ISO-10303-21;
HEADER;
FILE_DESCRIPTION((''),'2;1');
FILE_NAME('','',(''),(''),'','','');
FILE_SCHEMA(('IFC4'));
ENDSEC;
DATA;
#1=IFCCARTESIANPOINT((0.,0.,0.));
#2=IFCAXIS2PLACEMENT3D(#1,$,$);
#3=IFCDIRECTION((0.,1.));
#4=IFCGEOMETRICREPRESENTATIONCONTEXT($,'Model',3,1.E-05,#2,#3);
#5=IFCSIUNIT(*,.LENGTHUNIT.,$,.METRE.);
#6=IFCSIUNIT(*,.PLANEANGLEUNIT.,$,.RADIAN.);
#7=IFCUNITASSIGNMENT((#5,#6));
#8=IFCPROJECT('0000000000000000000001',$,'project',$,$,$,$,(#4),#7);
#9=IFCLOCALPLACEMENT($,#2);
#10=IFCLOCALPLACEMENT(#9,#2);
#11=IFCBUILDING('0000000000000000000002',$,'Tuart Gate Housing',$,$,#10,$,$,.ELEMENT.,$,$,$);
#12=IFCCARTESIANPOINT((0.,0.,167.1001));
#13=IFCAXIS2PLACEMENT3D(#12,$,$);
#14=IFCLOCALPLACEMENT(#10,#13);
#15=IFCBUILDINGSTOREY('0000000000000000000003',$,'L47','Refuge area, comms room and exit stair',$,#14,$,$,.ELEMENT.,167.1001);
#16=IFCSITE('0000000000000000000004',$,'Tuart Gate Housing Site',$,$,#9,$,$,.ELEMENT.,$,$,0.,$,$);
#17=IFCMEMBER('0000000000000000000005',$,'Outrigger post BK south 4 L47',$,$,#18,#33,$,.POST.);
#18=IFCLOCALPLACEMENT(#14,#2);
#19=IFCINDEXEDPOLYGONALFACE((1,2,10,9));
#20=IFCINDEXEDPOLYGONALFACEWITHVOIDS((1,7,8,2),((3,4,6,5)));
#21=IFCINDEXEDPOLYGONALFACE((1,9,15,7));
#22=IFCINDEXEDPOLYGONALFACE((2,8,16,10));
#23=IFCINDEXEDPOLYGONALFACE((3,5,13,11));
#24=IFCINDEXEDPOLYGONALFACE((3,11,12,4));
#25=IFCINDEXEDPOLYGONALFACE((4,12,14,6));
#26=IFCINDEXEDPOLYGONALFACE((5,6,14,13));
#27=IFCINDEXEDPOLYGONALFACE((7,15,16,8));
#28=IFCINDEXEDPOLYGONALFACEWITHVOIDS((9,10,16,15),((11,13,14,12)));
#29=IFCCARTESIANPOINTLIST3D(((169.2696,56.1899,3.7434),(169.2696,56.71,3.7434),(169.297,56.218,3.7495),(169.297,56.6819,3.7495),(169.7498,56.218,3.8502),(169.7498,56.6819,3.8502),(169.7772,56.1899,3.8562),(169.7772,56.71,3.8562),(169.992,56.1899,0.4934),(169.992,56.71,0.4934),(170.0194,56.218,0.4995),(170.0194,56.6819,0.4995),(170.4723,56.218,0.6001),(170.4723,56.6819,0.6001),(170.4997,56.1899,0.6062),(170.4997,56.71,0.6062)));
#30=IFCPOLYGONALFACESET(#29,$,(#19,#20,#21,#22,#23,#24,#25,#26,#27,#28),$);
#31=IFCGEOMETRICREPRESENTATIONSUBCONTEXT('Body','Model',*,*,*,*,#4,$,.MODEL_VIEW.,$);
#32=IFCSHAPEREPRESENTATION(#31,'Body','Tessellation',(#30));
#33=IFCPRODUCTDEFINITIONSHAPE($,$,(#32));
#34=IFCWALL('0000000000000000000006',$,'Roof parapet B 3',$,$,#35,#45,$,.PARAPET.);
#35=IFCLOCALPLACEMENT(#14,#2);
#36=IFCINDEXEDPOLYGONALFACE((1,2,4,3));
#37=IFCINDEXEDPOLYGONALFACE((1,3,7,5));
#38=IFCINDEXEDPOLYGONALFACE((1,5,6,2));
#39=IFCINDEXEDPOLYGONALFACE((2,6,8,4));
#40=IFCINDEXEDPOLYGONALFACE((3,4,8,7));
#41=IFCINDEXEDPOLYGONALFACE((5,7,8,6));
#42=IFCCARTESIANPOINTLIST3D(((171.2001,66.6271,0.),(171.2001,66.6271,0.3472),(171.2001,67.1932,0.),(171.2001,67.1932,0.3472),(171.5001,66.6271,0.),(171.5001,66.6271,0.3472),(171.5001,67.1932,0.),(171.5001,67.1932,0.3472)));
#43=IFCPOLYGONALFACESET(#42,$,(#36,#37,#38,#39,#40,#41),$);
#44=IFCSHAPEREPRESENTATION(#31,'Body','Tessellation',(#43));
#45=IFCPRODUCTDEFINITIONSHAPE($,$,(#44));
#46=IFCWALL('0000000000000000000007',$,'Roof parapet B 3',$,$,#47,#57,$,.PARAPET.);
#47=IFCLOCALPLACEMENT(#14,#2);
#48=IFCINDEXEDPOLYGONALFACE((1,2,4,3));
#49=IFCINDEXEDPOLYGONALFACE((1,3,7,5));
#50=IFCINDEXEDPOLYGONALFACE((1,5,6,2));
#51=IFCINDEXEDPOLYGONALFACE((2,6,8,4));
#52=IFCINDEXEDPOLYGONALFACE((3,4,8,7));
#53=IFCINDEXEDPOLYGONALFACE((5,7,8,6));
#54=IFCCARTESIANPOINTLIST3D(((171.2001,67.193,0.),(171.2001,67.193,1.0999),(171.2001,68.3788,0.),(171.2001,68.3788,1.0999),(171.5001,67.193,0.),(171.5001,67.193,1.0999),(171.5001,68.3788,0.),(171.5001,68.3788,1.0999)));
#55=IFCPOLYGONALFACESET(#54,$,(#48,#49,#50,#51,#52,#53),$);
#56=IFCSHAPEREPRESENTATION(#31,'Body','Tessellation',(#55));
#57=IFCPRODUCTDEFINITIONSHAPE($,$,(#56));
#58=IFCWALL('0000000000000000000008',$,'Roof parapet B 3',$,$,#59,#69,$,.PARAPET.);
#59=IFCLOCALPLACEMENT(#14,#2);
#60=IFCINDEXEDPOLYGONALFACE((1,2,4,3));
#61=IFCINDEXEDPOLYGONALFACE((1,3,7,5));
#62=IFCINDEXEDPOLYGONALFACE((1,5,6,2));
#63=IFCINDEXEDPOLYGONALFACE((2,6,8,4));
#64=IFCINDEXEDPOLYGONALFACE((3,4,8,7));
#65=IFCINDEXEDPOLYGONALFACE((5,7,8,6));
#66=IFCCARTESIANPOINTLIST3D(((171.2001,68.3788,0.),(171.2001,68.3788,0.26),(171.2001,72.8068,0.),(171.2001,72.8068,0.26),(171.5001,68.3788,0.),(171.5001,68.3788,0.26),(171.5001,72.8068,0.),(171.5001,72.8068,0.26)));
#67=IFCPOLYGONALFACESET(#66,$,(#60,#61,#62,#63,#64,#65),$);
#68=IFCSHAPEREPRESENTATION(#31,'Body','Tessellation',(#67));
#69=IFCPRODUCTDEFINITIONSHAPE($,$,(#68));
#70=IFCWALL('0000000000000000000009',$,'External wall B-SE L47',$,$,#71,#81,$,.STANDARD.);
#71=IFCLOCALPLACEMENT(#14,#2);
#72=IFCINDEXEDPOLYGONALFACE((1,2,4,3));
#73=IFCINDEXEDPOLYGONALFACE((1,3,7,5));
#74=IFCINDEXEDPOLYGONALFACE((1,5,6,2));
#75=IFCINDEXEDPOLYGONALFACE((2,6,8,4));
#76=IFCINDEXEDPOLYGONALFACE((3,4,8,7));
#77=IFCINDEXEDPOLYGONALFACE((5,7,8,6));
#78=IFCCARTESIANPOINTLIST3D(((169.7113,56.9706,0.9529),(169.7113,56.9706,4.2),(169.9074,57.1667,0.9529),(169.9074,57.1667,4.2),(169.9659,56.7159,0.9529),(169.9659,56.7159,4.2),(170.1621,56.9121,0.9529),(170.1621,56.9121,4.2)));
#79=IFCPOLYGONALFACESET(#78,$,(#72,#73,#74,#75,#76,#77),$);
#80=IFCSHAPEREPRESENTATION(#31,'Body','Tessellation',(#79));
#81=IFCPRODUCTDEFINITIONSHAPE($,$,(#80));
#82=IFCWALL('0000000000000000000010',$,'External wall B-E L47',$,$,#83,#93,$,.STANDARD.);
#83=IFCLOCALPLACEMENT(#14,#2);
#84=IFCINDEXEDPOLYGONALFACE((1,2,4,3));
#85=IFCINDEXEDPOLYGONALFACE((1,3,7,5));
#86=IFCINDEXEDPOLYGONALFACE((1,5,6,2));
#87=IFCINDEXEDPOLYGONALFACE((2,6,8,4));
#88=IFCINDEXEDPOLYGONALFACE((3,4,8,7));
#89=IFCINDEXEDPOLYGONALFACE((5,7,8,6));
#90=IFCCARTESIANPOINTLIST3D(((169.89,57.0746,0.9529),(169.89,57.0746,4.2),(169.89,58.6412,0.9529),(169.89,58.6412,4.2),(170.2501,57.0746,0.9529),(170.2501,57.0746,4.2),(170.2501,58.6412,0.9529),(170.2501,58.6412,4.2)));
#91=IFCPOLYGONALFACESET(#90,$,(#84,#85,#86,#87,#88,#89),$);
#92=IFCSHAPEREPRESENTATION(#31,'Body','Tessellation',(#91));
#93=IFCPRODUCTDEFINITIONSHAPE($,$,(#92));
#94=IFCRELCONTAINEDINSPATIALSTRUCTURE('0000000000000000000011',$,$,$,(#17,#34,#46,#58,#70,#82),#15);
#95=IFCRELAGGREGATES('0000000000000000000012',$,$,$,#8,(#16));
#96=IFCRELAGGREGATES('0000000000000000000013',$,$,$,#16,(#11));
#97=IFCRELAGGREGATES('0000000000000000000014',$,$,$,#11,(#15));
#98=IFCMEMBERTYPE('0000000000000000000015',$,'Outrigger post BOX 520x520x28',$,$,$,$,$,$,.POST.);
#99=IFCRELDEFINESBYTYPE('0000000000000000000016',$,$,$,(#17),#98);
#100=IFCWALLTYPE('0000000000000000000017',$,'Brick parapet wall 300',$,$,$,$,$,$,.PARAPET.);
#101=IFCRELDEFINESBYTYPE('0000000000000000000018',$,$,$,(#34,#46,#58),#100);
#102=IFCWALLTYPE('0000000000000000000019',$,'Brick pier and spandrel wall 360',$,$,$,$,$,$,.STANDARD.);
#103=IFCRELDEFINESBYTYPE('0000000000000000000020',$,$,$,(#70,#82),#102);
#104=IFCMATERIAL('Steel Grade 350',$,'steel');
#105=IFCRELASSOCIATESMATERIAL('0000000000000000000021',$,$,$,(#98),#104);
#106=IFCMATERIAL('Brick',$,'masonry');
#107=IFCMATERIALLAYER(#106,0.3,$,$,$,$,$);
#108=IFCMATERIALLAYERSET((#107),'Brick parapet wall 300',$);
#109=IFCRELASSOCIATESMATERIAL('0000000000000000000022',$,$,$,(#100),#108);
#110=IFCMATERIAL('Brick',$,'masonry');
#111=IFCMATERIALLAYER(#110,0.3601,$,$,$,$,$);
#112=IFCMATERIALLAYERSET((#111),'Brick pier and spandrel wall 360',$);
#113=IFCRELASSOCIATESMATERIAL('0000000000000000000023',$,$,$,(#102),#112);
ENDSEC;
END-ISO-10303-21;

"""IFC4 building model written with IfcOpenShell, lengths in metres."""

from ifc_helpers import new_model, si_unit, direction, frame, frame_2d, origin, origin_2d, place, context, subcontext, project, spatial, rectangle, hollow_rectangle, extrude, material, layer, layer_set, material_profile, profile_set, type_object, element, save


model = new_model("IFC4")

# Units and contexts
model_context = context("Model", 3, precision=1e-05, world=origin(), true_north=direction((0.0, 1.0)))
body_context = subcontext(model_context, "Body", "Model", "MODEL_VIEW")
ifc_project = project(units=[si_unit("LENGTHUNIT", "METRE"), si_unit("PLANEANGLEUNIT", "RADIAN")], contexts=[model_context])

# Site, building, storey
site_placement = place(None, origin())
site = spatial("IfcSite", under=ifc_project, at=site_placement, Name="Tuart Gate Housing Site", CompositionType="ELEMENT", RefElevation=0.0)
building_placement = place(site_placement, origin())
building = spatial("IfcBuilding", under=site, at=building_placement, Name="Tuart Gate Housing", CompositionType="ELEMENT")
storey_placement = place(building_placement, frame((0.0, 0.0, 167.1001)))
storey = spatial("IfcBuildingStorey", under=building, at=storey_placement, Name="L47", Description="Refuge area, comms room and exit stair", CompositionType="ELEMENT", Elevation=167.1001)

# Member
ifc_material_1 = material(Name="Steel Grade 350", Category="steel")
ifc_material_profile_1 = material_profile(ifc_material_1, hollow_rectangle(XDim=0.52, YDim=0.52, WallThickness=0.0281, at=origin_2d()), Name="BOX 520x520x28")
ifc_profile_set_1 = profile_set([ifc_material_profile_1], Name="Steel Grade 350")
member_type_1 = type_object("IfcMemberType", Name="Outrigger post BOX 520x520x28", PredefinedType="POST", material=ifc_profile_set_1)
member_1_placement = place(storey_placement, frame((170.2458, 56.45, 0.5498), z_axis=(-0.216985, 0.0, 0.976175), x_axis=(0.0, -1.0, 0.0)))
element("IfcMember", 1, at=member_1_placement, inside=storey, type_object=member_type_1, Name="Outrigger post BK south 4 L47", PredefinedType="POST", context=body_context, shape_type="SweptSolid", body=[
    extrude(hollow_rectangle(XDim=0.52, YDim=0.52, WallThickness=0.0281, at=origin_2d()), origin(), (0.0, 0.0, 1.0), 3.3293),
])

# Walls
ifc_material_2 = material(Name="Brick", Category="masonry")
ifc_layer_1 = layer(ifc_material_2, 0.3)
ifc_layer_set_1 = layer_set([ifc_layer_1], Name="Brick parapet wall 300")
wall_type_1 = type_object("IfcWallType", Name="Brick parapet wall 300", PredefinedType="PARAPET", material=ifc_layer_set_1)
wall_1_placement = place(storey_placement, frame((171.3501, 66.627, 0.0), z_axis=(0.0, 0.0, 1.0), x_axis=(0.0, 1.0, 0.0)))
element("IfcWall", 2, at=wall_1_placement, inside=storey, type_object=wall_type_1, Name="Roof parapet B 3", PredefinedType="PARAPET", context=body_context, shape_type="SweptSolid", body=[
    extrude(rectangle(XDim=0.5662, YDim=0.3, at=frame_2d((0.2832, 0.0))), origin(), (0.0, 0.0, 1.0), 0.3472),
])
wall_2_placement = place(storey_placement, frame((171.3501, 67.1931, 0.0), z_axis=(0.0, 0.0, 1.0), x_axis=(0.0, 1.0, 0.0)))
element("IfcWall", 3, at=wall_2_placement, inside=storey, type_object=wall_type_1, Name="Roof parapet B 3", PredefinedType="PARAPET", context=body_context, shape_type="SweptSolid", body=[
    extrude(rectangle(XDim=1.1858, YDim=0.3, at=frame_2d((0.5928, 0.0))), origin(), (0.0, 0.0, 1.0), 1.0999),
])
wall_3_placement = place(storey_placement, frame((171.3501, 68.3789, 0.0), z_axis=(0.0, 0.0, 1.0), x_axis=(0.0, 1.0, 0.0)))
element("IfcWall", 4, at=wall_3_placement, inside=storey, type_object=wall_type_1, Name="Roof parapet B 3", PredefinedType="PARAPET", context=body_context, shape_type="SweptSolid", body=[
    extrude(rectangle(XDim=4.428, YDim=0.3, at=frame_2d((2.2139, 0.0))), origin(), (0.0, 0.0, 1.0), 0.26),
])
ifc_material_3 = material(Name="Brick", Category="masonry")
ifc_layer_2 = layer(ifc_material_3, 0.3601)
ifc_layer_set_2 = layer_set([ifc_layer_2], Name="Brick pier and spandrel wall 360")
wall_type_2 = type_object("IfcWallType", Name="Brick pier and spandrel wall 360", PredefinedType="STANDARD", material=ifc_layer_set_2)
wall_4_placement = place(storey_placement, frame((169.8386, 56.8433, 0.9529), z_axis=(0.0, 0.0, 1.0), x_axis=(0.707107, 0.707107, 0.0)))
element("IfcWall", 5, at=wall_4_placement, inside=storey, type_object=wall_type_2, Name="External wall B-SE L47", PredefinedType="STANDARD", context=body_context, shape_type="SweptSolid", body=[
    extrude(rectangle(XDim=0.2773, YDim=0.3601, at=frame_2d((0.1387, 0.0))), origin(), (0.0, 0.0, 1.0), 3.2471),
])
wall_5_placement = place(storey_placement, frame((170.0701, 57.0747, 0.9529), z_axis=(0.0, 0.0, 1.0), x_axis=(0.0, 1.0, 0.0)))
element("IfcWall", 6, at=wall_5_placement, inside=storey, type_object=wall_type_2, Name="External wall B-E L47", PredefinedType="STANDARD", context=body_context, shape_type="SweptSolid", body=[
    extrude(rectangle(XDim=1.5667, YDim=0.3601, at=frame_2d((0.7832, 0.0))), origin(), (0.0, 0.0, 1.0), 3.2471),
])

save(model, "model.ifc")
